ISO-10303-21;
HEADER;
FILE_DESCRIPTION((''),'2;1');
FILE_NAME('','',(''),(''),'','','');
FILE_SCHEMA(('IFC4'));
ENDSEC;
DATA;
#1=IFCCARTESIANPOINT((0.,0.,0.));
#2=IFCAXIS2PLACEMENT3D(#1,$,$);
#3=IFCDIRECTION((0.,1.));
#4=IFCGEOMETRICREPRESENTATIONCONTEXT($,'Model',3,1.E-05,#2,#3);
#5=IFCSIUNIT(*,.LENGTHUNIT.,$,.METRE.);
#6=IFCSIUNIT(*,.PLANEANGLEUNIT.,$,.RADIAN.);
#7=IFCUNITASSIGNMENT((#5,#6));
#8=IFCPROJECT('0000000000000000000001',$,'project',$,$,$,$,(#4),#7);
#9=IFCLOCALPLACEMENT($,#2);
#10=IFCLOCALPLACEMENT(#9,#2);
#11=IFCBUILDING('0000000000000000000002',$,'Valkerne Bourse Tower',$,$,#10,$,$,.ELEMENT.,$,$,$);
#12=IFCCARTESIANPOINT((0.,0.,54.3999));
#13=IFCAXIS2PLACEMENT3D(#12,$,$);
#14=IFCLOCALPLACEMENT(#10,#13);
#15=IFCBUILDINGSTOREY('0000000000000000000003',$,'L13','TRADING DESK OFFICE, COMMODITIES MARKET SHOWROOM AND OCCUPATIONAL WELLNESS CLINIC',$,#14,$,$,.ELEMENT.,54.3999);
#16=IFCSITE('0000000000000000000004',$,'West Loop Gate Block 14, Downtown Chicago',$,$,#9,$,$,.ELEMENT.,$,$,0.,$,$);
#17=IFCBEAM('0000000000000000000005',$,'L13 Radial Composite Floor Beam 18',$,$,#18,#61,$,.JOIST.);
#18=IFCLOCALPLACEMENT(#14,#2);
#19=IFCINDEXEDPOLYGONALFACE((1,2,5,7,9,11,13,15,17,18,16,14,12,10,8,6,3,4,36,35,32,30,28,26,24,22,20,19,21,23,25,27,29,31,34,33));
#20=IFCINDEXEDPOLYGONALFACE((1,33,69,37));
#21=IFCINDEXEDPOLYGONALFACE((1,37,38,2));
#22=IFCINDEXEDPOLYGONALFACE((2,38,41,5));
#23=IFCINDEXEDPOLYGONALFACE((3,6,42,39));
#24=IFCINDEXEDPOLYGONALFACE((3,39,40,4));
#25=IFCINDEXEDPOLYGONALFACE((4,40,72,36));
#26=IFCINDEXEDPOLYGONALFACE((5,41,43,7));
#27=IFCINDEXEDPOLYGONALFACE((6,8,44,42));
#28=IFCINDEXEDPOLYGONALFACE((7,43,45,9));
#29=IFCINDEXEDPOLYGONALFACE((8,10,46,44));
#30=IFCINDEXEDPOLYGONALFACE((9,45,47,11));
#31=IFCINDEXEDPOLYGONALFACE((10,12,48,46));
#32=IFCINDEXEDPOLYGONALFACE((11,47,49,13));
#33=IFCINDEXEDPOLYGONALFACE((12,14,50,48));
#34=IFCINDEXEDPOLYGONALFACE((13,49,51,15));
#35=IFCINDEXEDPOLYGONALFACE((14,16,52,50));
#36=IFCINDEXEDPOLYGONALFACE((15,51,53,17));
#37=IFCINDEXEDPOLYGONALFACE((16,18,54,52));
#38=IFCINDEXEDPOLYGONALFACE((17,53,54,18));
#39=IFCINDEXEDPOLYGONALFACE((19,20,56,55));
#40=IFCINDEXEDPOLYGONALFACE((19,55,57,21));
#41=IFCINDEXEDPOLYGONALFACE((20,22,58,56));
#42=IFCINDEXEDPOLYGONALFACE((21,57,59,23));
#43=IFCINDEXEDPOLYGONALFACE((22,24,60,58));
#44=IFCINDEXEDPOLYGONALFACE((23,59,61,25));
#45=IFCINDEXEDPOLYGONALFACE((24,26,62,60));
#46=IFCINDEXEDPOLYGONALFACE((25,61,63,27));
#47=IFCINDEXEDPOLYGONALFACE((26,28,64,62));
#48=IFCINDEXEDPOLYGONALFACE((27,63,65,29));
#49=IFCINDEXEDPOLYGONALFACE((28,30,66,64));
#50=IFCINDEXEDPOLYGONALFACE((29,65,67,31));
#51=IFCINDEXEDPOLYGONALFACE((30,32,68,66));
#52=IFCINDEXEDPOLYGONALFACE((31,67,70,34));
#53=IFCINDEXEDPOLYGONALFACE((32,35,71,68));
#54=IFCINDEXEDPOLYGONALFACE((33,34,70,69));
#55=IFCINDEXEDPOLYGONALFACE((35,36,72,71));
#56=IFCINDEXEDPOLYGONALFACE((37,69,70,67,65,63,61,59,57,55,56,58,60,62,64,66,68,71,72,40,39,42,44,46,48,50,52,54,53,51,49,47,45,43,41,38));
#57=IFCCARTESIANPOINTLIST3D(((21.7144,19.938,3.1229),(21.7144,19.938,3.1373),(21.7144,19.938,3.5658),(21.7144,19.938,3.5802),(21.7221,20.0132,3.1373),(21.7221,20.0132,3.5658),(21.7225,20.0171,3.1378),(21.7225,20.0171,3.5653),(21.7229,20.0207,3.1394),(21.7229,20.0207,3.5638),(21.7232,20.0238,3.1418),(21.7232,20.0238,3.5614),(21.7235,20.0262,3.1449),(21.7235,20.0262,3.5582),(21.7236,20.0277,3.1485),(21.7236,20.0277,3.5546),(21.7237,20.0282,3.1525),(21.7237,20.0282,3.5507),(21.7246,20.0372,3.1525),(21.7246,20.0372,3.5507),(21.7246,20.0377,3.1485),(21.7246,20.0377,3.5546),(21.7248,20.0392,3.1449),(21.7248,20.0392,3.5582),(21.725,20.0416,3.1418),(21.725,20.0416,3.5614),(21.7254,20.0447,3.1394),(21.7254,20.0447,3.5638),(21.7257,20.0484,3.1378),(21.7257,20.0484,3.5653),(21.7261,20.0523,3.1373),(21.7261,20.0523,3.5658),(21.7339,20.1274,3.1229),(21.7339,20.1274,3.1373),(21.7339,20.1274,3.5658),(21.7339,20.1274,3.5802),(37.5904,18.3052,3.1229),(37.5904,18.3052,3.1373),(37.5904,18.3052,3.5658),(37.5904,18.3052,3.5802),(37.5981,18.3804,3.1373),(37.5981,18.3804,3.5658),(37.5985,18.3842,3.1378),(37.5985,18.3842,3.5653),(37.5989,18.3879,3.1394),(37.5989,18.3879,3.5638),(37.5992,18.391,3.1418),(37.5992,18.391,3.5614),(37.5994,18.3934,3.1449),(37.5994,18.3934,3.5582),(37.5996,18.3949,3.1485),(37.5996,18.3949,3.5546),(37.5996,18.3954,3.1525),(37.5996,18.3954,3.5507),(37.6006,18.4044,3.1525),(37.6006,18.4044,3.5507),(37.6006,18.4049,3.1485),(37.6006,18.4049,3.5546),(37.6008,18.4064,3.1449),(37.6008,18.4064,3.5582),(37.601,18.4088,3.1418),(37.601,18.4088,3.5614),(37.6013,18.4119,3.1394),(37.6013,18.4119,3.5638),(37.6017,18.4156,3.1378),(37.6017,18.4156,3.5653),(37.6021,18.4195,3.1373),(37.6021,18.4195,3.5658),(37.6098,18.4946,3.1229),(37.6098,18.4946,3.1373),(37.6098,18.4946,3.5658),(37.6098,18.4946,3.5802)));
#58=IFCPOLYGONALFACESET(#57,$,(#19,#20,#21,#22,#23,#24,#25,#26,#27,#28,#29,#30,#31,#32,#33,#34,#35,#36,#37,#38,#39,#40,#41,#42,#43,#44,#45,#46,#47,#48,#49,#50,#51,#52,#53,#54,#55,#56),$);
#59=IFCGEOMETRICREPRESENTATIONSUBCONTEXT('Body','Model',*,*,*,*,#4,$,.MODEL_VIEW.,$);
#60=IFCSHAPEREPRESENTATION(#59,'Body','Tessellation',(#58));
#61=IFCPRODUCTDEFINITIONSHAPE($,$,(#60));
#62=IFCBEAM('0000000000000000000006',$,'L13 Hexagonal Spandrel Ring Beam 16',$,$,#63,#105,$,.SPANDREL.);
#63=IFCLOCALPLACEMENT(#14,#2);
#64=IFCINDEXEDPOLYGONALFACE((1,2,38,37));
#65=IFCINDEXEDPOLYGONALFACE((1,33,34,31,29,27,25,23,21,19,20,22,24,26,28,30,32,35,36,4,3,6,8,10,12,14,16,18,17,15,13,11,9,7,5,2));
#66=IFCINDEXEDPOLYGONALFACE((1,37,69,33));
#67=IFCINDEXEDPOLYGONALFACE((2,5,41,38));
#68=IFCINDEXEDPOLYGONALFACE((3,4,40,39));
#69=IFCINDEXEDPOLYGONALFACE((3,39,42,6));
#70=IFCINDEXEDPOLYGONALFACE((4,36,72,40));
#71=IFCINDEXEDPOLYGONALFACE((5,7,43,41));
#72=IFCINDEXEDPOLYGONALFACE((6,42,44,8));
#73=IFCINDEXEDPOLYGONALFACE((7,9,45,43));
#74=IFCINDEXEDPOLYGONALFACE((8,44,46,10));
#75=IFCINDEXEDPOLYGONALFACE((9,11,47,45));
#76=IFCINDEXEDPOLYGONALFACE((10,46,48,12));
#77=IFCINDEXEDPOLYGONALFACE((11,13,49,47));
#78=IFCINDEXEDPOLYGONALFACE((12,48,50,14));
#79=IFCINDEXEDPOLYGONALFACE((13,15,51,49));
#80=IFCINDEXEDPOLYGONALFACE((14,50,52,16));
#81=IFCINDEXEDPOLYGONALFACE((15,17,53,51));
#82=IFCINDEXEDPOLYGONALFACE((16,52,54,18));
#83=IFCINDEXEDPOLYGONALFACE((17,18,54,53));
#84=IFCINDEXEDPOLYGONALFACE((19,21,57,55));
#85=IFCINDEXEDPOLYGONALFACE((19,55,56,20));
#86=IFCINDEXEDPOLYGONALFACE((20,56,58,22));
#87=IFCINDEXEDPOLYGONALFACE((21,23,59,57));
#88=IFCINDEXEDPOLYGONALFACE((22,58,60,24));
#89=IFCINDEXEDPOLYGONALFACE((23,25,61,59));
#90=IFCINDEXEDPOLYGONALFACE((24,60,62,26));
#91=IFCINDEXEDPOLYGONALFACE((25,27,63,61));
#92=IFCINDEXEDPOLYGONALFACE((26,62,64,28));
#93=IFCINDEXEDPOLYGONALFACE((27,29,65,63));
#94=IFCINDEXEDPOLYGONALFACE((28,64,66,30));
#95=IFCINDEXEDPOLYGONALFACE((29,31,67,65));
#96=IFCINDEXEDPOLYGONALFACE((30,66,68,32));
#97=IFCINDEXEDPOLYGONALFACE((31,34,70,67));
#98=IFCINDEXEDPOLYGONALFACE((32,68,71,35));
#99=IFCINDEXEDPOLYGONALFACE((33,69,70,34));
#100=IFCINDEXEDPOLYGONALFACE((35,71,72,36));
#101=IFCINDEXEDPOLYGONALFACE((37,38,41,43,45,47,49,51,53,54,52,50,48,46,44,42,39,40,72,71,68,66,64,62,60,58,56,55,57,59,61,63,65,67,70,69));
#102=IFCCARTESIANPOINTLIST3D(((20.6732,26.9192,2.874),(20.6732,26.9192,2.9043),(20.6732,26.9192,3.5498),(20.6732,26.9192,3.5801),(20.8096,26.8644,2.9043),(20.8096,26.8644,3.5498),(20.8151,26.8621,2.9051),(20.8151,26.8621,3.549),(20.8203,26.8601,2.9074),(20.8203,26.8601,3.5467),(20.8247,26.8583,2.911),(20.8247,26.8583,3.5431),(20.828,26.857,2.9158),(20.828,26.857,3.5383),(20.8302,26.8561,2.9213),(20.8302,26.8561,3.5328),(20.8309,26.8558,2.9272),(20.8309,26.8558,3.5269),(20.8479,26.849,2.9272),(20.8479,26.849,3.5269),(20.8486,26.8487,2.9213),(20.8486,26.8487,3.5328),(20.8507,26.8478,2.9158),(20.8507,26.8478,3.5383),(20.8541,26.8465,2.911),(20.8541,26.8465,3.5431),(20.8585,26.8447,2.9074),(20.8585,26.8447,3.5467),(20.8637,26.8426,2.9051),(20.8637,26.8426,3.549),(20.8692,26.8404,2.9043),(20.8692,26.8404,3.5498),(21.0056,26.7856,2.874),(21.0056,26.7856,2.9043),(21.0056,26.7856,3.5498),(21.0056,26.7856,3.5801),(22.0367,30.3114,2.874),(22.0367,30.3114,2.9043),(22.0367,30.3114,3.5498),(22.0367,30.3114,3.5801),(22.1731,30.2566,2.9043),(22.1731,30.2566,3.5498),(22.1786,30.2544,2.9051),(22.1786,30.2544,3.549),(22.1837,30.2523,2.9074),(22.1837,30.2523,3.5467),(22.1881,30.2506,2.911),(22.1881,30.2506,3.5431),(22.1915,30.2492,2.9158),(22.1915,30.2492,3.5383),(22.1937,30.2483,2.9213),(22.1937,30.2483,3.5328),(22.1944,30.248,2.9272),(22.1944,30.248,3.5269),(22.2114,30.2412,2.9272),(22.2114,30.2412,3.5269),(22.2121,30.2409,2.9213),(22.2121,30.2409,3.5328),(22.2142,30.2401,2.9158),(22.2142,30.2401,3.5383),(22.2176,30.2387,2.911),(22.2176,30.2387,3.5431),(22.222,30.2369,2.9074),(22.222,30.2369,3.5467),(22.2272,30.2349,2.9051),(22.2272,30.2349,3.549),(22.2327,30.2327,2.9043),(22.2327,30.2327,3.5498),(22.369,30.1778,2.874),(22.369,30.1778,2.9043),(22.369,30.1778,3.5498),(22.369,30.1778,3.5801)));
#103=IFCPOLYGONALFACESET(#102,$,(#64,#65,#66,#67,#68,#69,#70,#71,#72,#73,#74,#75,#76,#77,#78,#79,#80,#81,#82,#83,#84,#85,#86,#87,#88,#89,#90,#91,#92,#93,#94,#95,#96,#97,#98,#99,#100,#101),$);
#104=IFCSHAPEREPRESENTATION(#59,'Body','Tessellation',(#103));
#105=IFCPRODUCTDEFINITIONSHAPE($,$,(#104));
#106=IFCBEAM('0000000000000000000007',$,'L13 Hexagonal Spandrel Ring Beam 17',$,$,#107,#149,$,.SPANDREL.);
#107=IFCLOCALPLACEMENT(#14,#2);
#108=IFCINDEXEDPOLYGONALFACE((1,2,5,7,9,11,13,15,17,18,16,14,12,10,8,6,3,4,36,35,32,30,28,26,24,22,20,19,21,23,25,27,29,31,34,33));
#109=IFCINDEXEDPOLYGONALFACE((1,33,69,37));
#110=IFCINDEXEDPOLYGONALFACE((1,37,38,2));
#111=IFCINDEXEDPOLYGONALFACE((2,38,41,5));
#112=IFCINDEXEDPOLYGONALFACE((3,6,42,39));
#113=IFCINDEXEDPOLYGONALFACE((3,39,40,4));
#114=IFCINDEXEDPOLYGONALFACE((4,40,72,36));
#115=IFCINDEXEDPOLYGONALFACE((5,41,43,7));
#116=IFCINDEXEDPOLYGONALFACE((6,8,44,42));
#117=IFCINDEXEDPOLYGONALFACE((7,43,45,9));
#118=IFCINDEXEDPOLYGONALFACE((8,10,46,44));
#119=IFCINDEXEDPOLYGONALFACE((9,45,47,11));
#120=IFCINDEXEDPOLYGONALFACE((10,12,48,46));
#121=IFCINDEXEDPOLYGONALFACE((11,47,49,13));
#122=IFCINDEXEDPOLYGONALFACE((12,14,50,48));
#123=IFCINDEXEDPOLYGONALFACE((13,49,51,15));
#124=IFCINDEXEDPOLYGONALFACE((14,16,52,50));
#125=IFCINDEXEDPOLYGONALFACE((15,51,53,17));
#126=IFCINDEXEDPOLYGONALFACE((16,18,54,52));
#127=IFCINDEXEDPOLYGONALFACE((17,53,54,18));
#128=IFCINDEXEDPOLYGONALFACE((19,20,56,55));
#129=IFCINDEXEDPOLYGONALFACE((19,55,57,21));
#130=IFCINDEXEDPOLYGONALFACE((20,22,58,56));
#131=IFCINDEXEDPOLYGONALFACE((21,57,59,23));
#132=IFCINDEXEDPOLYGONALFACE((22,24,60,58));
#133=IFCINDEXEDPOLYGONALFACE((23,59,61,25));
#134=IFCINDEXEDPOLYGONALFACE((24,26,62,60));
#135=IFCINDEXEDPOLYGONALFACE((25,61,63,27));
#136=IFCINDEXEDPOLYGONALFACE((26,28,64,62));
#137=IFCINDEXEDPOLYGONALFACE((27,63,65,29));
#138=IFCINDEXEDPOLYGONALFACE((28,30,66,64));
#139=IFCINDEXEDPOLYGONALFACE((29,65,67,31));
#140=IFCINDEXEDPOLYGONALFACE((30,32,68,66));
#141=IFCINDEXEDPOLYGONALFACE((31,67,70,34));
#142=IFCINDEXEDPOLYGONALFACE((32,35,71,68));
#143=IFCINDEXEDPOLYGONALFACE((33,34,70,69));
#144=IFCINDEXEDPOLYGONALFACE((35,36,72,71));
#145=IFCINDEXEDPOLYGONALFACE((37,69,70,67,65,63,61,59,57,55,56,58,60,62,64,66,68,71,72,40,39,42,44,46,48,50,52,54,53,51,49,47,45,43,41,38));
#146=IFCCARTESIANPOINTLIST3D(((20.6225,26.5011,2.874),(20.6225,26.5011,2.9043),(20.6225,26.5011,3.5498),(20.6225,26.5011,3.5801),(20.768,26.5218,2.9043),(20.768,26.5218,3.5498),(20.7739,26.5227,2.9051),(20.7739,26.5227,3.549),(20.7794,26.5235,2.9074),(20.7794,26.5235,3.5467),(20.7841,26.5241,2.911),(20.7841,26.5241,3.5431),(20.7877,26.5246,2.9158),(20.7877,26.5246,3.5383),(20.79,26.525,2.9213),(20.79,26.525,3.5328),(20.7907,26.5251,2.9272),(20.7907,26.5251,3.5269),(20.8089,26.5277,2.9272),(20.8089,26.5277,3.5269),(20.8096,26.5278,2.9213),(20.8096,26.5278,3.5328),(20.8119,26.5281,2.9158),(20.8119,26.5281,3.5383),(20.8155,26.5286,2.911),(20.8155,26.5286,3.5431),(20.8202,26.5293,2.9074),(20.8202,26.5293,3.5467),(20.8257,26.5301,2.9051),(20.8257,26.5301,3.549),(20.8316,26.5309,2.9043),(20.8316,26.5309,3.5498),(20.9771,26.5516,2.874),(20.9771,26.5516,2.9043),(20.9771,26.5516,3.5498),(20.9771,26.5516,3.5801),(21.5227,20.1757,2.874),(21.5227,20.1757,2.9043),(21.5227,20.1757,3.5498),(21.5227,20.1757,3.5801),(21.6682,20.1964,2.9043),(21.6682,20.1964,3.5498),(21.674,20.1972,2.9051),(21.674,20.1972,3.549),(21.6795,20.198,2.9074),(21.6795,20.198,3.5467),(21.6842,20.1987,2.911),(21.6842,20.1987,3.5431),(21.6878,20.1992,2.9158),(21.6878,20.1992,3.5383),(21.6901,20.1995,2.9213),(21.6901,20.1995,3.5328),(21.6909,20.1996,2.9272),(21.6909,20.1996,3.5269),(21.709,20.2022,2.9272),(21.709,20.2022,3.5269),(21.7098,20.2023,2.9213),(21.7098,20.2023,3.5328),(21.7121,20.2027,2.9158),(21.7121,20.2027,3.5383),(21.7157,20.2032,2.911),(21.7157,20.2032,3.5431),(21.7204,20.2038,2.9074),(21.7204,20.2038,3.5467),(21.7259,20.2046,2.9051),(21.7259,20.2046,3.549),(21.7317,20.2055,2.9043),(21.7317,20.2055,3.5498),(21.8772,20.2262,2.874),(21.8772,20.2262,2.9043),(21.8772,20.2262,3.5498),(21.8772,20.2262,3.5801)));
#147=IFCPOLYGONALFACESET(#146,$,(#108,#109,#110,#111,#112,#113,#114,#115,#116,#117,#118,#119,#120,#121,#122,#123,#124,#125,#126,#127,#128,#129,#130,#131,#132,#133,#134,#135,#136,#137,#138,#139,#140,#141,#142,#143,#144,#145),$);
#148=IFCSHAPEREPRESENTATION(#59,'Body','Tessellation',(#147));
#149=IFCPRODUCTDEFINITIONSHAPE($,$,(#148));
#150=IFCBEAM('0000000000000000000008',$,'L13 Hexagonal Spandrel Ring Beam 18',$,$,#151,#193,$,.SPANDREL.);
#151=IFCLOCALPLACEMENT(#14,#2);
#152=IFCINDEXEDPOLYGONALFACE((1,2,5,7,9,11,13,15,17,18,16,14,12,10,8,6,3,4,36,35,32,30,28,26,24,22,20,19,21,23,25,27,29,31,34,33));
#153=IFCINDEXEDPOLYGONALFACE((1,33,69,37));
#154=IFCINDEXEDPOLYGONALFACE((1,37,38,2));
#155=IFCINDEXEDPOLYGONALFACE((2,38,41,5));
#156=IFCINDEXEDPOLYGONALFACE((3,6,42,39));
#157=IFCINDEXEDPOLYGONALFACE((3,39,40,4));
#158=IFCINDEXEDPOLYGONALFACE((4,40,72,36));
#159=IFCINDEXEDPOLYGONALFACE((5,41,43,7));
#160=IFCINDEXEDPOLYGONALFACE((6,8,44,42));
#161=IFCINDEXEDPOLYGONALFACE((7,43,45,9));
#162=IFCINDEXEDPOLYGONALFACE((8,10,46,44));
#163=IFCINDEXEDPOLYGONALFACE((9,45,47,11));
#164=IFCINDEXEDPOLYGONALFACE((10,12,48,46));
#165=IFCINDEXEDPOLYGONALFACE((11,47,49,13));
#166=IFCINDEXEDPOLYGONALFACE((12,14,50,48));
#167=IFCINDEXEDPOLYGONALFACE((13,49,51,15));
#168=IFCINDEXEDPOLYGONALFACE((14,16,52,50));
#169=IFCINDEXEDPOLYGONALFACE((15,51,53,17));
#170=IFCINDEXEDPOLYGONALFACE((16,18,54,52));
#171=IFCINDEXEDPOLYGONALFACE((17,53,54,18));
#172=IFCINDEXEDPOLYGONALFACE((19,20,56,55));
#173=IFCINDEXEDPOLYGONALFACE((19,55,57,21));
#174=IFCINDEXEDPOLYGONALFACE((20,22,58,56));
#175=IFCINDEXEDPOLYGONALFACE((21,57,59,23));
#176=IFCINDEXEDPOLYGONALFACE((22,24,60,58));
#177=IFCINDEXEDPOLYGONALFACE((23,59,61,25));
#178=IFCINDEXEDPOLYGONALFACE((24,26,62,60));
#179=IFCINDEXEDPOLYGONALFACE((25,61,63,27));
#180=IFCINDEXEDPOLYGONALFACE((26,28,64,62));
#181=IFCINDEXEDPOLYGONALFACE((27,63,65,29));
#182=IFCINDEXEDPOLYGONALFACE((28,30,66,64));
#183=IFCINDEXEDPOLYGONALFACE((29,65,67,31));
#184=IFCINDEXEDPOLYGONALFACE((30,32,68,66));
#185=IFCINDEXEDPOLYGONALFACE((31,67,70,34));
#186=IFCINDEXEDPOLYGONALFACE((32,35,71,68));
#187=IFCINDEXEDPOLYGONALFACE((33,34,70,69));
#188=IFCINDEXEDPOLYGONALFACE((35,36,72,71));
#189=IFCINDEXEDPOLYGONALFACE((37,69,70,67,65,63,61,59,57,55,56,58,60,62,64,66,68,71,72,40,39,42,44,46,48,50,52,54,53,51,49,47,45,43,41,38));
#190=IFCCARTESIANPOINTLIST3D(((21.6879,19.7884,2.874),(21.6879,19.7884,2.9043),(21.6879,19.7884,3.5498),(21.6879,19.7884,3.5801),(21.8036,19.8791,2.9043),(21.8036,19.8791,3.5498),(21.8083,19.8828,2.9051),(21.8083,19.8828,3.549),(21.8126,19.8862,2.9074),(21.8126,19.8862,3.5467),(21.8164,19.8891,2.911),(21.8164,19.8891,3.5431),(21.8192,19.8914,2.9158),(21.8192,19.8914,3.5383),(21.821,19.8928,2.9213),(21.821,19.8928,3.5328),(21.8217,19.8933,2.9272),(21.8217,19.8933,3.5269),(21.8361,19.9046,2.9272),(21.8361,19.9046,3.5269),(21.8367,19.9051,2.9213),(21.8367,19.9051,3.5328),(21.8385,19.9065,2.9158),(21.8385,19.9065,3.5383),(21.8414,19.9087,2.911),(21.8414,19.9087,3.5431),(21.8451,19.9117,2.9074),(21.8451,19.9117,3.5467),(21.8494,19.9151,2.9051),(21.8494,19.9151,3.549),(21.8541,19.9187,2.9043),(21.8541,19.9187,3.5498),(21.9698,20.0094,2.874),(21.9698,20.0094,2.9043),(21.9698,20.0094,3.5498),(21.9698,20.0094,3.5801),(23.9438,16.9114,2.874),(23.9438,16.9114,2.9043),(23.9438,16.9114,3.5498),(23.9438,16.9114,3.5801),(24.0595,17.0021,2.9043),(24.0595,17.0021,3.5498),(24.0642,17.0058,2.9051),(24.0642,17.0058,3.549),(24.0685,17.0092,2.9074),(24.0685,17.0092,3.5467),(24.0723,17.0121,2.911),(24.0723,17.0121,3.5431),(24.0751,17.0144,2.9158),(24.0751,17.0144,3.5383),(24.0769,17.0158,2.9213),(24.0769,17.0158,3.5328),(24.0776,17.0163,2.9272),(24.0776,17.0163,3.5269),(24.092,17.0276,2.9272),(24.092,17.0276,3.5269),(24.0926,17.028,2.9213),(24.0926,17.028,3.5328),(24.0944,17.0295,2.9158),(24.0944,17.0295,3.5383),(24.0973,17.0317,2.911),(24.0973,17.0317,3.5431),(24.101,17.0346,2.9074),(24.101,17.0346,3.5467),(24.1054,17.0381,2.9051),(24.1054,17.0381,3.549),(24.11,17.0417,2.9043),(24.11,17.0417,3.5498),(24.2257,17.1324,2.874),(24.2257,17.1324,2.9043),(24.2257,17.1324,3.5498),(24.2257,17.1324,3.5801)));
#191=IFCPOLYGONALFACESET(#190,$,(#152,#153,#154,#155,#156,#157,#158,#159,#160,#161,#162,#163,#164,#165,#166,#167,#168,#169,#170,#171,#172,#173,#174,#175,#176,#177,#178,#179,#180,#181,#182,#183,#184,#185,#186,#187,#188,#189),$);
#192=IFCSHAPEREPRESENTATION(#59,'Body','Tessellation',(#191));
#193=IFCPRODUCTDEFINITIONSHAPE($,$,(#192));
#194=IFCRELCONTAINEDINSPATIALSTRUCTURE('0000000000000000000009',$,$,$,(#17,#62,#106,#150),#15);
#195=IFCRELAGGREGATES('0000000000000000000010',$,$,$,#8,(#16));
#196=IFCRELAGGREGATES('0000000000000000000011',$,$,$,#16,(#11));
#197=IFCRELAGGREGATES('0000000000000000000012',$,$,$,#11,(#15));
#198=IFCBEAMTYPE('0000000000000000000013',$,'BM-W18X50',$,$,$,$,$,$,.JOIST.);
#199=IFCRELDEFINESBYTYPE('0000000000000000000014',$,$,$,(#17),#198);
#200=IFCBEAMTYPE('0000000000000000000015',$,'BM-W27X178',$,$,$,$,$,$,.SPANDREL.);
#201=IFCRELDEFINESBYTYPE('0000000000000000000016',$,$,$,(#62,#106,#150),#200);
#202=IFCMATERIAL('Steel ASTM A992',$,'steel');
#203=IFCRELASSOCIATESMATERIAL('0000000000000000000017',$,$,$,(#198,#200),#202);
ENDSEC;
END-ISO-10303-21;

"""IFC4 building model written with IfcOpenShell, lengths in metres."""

from ifc_helpers import new_model, si_unit, direction, frame, origin, origin_2d, place, context, subcontext, project, spatial, i_section, extrude, material, material_profile, profile_set, type_object, element, save


model = new_model("IFC4")

# Units and contexts
model_context = context("Model", 3, precision=1e-05, world=origin(), true_north=direction((0.0, 1.0)))
body_context = subcontext(model_context, "Body", "Model", "MODEL_VIEW")
ifc_project = project(units=[si_unit("LENGTHUNIT", "METRE"), si_unit("PLANEANGLEUNIT", "RADIAN")], contexts=[model_context])

# Site, building, storey
site_placement = place(None, origin())
site = spatial("IfcSite", under=ifc_project, at=site_placement, Name="West Loop Gate Block 14, Downtown Chicago", CompositionType="ELEMENT", RefElevation=0.0)
building_placement = place(site_placement, origin())
building = spatial("IfcBuilding", under=site, at=building_placement, Name="Valkerne Bourse Tower", CompositionType="ELEMENT")
storey_placement = place(building_placement, frame((0.0, 0.0, 54.3999)))
storey = spatial("IfcBuildingStorey", under=building, at=storey_placement, Name="L13", Description="TRADING DESK OFFICE, COMMODITIES MARKET SHOWROOM AND OCCUPATIONAL WELLNESS CLINIC", CompositionType="ELEMENT", Elevation=54.3999)

# Beams
ifc_material_1 = material(Name="Steel ASTM A992", Category="steel")
ifc_material_profile_1 = material_profile(ifc_material_1, i_section(OverallWidth=0.1904, OverallDepth=0.4573, WebThickness=0.009, FlangeThickness=0.0144, FilletRadius=0.0151, at=origin_2d()), Name="W18X50")
ifc_profile_set_1 = profile_set([ifc_material_profile_1], Name="Steel ASTM A992")
beam_type_1 = type_object("IfcBeamType", Name="BM-W18X50", PredefinedType="JOIST", material=ifc_profile_set_1)
beam_1_placement = place(storey_placement, frame((21.7241, 20.0327, 3.3516), z_axis=(0.994753, -0.102308, 0.0), x_axis=(0.102308, 0.994753, 0.0)))
element("IfcBeam", 1, at=beam_1_placement, inside=storey, type_object=beam_type_1, Name="L13 Radial Composite Floor Beam 18", PredefinedType="JOIST", context=body_context, shape_type="SweptSolid", body=[
    extrude(i_section(OverallWidth=0.1904, OverallDepth=0.4573, WebThickness=0.009, FlangeThickness=0.0144, FilletRadius=0.0151, at=origin_2d()), origin(), (0.0, 0.0, 1.0), 15.9597),
])
ifc_material_profile_2 = material_profile(ifc_material_1, i_section(OverallWidth=0.3582, OverallDepth=0.7061, WebThickness=0.0183, FlangeThickness=0.0303, FilletRadius=0.0229, at=origin_2d()), Name="W27X178")
ifc_profile_set_2 = profile_set([ifc_material_profile_2], Name="Steel ASTM A992")
beam_type_2 = type_object("IfcBeamType", Name="BM-W27X178", PredefinedType="SPANDREL", material=ifc_profile_set_2)
beam_2_placement = place(storey_placement, frame((22.2029, 30.2446, 3.2271), z_axis=(-0.372944, -0.927854, 0.0), x_axis=(0.927854, -0.372944, 0.0)))
element("IfcBeam", 2, at=beam_2_placement, inside=storey, type_object=beam_type_2, Name="L13 Hexagonal Spandrel Ring Beam 16", PredefinedType="SPANDREL", context=body_context, shape_type="SweptSolid", body=[
    extrude(i_section(OverallWidth=0.3582, OverallDepth=0.7061, WebThickness=0.0183, FlangeThickness=0.0303, FilletRadius=0.0229, at=origin_2d()), origin(), (0.0, 0.0, 1.0), 3.656),
])
beam_3_placement = place(storey_placement, frame((20.7998, 26.5264, 3.2271), z_axis=(0.140886, -0.990026, 0.0), x_axis=(0.990026, 0.140886, 0.0)))
element("IfcBeam", 3, at=beam_3_placement, inside=storey, type_object=beam_type_2, Name="L13 Hexagonal Spandrel Ring Beam 17", PredefinedType="SPANDREL", context=body_context, shape_type="SweptSolid", body=[
    extrude(i_section(OverallWidth=0.3582, OverallDepth=0.7061, WebThickness=0.0183, FlangeThickness=0.0303, FilletRadius=0.0229, at=origin_2d()), origin(), (0.0, 0.0, 1.0), 6.3892),
])
beam_4_placement = place(storey_placement, frame((21.8289, 19.8989, 3.2271), z_axis=(0.617043, -0.78693, 0.0), x_axis=(0.78693, 0.617043, 0.0)))
element("IfcBeam", 4, at=beam_4_placement, inside=storey, type_object=beam_type_2, Name="L13 Hexagonal Spandrel Ring Beam 18", PredefinedType="SPANDREL", context=body_context, shape_type="SweptSolid", body=[
    extrude(i_section(OverallWidth=0.3582, OverallDepth=0.7061, WebThickness=0.0183, FlangeThickness=0.0303, FilletRadius=0.0229, at=origin_2d()), origin(), (0.0, 0.0, 1.0), 3.656),
])

save(model, "model.ifc")
